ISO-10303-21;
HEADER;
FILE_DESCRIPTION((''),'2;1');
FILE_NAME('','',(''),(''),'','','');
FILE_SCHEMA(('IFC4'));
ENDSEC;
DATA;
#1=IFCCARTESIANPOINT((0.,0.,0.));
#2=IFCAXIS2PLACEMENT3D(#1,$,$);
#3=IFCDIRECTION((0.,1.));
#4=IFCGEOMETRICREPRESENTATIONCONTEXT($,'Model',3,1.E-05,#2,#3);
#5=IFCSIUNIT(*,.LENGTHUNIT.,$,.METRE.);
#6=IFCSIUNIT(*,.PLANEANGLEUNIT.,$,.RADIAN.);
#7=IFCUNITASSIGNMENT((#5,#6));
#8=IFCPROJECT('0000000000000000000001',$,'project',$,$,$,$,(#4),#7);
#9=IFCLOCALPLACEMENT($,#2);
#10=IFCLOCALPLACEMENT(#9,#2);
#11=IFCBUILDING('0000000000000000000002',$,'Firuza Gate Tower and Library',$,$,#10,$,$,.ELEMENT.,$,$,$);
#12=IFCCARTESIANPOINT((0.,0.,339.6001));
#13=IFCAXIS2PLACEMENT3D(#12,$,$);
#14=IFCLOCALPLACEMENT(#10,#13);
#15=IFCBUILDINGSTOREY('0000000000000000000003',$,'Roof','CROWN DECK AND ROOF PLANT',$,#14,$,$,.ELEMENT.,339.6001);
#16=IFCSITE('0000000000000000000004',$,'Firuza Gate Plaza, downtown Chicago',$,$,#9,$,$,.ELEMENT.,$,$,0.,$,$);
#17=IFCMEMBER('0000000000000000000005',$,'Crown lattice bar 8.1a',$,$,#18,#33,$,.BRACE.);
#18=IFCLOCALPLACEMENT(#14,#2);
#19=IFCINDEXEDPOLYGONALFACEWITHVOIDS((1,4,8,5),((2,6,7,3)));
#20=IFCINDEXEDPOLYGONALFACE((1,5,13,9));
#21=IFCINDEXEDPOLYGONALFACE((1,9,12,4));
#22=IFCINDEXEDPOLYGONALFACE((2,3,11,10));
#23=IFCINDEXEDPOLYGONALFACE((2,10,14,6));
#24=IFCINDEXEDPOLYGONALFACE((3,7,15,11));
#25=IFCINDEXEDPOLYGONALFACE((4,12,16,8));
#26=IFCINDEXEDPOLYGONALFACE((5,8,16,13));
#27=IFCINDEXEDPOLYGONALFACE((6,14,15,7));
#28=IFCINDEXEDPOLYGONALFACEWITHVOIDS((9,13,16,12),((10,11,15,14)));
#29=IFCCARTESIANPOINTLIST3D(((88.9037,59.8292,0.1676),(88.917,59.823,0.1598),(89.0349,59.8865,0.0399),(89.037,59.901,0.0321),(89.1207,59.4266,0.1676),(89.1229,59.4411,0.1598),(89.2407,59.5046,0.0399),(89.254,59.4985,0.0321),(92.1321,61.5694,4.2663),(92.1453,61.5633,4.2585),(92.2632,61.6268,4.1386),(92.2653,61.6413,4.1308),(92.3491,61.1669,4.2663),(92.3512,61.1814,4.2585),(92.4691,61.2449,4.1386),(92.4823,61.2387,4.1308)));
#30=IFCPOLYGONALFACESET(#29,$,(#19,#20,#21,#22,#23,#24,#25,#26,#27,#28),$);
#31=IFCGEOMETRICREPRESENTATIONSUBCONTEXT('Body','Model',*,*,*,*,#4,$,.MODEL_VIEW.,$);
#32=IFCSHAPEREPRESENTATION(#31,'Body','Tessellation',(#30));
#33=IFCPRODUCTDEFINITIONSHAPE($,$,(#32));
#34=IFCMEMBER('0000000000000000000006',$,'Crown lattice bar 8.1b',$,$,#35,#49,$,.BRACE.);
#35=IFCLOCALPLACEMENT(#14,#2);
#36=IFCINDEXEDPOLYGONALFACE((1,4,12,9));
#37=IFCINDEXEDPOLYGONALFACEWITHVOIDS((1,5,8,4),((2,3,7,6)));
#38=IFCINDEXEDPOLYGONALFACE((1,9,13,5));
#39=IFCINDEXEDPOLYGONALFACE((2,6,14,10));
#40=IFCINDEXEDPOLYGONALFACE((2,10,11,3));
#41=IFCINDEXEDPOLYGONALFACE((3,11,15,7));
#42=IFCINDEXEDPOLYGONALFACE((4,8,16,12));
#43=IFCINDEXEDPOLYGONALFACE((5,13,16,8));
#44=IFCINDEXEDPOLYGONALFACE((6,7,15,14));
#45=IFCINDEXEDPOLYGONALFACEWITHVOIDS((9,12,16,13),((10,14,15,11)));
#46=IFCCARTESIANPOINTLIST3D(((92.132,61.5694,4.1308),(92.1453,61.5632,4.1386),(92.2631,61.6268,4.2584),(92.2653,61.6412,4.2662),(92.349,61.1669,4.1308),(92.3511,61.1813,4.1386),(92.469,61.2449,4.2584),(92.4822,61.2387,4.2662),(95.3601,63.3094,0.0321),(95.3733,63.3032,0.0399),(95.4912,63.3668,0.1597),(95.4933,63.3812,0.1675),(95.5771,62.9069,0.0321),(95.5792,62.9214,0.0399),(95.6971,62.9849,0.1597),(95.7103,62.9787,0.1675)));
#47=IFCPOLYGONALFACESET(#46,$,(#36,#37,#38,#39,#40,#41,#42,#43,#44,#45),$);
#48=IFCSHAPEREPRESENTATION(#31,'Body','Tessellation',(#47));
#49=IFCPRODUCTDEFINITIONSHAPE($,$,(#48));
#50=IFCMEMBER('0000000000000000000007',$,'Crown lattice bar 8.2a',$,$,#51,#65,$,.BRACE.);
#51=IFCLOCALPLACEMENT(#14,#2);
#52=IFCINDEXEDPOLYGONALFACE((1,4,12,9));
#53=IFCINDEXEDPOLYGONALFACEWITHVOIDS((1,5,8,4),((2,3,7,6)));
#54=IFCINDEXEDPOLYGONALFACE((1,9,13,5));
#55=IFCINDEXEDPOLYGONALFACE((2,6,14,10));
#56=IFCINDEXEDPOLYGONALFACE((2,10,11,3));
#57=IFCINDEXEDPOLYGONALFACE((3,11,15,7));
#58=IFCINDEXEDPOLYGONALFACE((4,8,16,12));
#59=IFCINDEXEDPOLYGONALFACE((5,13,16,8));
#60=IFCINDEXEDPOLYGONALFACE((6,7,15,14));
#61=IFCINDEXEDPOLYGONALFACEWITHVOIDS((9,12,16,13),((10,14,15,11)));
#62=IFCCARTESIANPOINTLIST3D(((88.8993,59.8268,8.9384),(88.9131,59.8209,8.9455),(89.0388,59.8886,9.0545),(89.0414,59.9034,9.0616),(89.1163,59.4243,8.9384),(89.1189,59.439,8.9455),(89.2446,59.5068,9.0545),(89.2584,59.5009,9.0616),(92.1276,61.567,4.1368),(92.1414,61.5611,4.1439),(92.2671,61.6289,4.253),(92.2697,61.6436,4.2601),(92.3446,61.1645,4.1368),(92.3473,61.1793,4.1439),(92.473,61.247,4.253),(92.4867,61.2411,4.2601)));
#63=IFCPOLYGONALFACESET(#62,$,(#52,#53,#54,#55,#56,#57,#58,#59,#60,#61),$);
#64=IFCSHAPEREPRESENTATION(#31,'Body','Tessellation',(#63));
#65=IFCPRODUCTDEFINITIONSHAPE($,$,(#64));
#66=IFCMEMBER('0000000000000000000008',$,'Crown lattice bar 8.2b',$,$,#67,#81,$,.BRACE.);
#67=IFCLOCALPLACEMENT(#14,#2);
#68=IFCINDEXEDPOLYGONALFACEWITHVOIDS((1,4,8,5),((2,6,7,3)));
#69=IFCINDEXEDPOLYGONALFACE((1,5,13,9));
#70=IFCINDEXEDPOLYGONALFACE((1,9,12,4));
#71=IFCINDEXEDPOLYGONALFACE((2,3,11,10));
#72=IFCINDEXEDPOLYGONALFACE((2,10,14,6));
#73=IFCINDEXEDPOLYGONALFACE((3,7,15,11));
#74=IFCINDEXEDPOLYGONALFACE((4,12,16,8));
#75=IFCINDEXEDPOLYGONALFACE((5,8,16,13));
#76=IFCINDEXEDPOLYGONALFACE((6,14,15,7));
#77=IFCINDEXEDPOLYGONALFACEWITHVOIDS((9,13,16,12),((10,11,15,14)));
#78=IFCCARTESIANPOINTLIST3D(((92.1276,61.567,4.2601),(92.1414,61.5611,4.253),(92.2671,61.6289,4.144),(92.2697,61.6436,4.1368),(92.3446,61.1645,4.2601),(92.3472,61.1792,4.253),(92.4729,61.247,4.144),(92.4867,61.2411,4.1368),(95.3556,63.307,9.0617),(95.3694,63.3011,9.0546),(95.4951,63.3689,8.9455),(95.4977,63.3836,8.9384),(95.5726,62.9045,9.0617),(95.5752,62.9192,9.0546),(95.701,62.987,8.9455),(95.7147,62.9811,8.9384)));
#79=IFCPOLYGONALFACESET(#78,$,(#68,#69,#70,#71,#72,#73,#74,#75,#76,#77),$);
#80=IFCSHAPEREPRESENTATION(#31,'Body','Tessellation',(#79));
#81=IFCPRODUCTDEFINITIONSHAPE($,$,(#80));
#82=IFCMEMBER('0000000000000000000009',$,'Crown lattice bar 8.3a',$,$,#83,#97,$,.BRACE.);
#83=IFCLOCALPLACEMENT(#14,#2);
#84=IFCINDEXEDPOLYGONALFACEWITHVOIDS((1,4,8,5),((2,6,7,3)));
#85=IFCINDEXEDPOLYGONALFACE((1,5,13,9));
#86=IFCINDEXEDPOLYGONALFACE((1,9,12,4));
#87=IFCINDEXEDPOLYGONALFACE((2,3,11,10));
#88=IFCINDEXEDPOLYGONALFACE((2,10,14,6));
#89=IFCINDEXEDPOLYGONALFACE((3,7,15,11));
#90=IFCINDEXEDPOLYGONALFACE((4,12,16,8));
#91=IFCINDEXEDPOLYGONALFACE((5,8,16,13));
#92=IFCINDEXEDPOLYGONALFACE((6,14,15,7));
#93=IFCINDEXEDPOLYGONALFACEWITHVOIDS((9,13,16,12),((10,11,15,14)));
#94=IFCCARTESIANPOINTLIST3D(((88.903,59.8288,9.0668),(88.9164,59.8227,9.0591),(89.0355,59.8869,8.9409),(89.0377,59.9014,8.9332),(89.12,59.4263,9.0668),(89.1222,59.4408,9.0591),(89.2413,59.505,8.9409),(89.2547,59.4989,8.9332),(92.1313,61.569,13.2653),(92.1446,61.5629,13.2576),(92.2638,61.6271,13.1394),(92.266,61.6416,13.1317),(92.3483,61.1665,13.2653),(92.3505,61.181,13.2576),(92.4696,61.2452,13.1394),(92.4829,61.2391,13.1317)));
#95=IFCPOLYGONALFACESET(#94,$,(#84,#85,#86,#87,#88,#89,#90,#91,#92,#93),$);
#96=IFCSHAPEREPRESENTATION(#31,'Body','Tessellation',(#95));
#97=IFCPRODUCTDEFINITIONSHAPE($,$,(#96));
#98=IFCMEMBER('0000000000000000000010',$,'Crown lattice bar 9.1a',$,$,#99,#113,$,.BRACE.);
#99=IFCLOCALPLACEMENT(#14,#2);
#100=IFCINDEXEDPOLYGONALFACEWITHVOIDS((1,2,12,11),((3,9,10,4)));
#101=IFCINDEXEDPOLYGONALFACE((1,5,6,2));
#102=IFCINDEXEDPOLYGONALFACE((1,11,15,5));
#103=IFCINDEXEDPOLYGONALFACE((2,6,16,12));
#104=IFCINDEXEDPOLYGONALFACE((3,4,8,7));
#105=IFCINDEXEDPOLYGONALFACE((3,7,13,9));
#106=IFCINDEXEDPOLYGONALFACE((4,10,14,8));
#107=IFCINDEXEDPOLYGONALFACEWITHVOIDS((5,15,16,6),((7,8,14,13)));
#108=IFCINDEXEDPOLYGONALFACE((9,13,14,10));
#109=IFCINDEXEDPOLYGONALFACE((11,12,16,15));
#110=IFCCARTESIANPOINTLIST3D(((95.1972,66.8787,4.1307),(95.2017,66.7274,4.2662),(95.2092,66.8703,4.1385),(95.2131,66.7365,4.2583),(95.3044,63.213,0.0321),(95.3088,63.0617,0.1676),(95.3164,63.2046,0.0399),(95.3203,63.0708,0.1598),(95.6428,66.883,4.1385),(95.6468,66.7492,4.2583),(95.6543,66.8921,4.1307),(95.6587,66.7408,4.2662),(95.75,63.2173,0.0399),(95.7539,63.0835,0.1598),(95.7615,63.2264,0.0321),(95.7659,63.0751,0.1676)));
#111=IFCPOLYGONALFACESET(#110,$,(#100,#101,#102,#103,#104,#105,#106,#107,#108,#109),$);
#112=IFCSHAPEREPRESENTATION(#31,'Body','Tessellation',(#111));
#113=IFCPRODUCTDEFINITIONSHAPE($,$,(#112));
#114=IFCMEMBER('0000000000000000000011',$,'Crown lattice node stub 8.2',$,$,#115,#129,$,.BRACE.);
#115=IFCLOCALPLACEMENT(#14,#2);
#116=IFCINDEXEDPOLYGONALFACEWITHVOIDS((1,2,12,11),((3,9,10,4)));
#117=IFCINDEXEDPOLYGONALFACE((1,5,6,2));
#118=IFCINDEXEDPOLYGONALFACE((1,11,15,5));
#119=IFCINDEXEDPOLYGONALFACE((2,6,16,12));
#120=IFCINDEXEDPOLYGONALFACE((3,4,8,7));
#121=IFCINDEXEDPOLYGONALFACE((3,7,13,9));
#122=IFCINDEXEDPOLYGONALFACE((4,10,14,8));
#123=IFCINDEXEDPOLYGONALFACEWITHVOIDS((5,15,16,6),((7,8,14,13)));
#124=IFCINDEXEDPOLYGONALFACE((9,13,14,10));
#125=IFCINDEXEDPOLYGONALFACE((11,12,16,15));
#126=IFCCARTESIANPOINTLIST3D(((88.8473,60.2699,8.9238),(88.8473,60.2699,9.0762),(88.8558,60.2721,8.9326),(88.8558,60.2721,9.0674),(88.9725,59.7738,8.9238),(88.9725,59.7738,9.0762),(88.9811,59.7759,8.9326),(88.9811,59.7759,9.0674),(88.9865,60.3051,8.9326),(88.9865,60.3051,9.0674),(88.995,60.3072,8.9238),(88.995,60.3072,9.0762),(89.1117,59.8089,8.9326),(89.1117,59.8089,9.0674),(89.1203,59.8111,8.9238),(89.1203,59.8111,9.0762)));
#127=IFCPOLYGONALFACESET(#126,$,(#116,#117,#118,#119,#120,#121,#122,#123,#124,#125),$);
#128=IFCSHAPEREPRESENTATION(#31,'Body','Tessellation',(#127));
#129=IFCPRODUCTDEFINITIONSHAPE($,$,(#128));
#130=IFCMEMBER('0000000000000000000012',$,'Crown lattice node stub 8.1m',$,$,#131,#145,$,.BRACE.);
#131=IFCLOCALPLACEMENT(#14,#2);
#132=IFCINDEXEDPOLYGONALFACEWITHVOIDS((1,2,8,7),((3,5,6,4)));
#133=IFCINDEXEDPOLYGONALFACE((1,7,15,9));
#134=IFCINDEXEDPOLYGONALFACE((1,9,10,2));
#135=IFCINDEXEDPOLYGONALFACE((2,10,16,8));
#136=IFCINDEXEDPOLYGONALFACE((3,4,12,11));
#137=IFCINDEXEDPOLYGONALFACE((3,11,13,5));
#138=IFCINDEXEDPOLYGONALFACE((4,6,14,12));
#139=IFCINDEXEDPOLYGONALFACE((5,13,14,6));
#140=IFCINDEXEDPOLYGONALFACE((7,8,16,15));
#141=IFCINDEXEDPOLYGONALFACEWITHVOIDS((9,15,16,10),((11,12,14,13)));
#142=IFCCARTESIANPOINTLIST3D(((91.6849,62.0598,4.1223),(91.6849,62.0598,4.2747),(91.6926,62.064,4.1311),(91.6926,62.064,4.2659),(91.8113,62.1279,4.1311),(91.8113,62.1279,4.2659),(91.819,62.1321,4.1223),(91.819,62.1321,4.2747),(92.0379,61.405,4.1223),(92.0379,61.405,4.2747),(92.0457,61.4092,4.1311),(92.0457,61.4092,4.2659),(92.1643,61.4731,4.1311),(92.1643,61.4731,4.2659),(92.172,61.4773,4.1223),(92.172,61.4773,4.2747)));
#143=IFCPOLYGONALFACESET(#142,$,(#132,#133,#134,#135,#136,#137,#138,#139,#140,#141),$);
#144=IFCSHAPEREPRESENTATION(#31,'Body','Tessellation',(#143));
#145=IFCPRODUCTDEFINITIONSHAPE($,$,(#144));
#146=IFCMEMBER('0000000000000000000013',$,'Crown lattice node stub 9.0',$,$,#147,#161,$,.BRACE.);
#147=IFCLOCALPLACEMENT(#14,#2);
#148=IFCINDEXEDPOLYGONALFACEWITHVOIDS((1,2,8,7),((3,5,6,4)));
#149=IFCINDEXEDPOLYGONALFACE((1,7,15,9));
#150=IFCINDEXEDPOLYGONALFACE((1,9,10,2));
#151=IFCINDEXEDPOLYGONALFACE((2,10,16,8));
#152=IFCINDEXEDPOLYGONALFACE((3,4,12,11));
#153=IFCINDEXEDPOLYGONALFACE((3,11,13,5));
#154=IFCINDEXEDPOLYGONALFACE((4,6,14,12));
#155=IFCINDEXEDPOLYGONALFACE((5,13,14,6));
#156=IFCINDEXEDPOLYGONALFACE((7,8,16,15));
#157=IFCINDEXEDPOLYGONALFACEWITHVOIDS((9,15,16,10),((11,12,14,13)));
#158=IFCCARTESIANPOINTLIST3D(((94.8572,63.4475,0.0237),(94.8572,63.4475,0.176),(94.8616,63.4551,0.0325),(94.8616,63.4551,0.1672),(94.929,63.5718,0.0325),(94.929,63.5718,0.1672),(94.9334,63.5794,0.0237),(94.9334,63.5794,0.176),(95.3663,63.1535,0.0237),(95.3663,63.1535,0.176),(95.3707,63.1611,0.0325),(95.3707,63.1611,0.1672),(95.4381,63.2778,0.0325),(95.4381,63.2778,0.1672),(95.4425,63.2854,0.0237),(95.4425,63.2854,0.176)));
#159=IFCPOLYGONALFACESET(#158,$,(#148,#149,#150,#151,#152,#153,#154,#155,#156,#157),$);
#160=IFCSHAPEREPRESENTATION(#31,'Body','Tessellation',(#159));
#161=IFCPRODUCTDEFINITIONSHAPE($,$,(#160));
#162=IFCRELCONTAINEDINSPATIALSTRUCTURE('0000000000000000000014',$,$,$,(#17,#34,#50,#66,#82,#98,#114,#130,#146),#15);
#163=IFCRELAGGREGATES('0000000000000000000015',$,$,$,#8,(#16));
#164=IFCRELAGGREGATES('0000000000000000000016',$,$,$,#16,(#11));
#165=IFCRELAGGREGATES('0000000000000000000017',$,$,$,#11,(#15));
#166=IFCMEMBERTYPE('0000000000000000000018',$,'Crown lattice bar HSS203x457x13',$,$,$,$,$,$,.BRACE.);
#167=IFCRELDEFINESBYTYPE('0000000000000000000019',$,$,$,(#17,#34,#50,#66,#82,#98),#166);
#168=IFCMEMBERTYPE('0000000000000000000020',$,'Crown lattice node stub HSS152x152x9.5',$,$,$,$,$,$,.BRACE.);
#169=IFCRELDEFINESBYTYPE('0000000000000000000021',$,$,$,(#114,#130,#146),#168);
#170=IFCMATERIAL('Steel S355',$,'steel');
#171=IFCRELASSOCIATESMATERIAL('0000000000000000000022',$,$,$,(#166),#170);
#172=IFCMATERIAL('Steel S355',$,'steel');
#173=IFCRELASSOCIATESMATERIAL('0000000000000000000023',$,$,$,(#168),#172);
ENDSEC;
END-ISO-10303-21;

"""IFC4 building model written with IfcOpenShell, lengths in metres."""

from ifc_helpers import new_model, si_unit, direction, frame, origin, origin_2d, place, context, subcontext, project, spatial, hollow_rectangle, extrude, material, material_profile, profile_set, type_object, element, save


model = new_model("IFC4")

# Units and contexts
model_context = context("Model", 3, precision=1e-05, world=origin(), true_north=direction((0.0, 1.0)))
body_context = subcontext(model_context, "Body", "Model", "MODEL_VIEW")
ifc_project = project(units=[si_unit("LENGTHUNIT", "METRE"), si_unit("PLANEANGLEUNIT", "RADIAN")], contexts=[model_context])

# Site, building, storey
site_placement = place(None, origin())
site = spatial("IfcSite", under=ifc_project, at=site_placement, Name="Firuza Gate Plaza, downtown Chicago", CompositionType="ELEMENT", RefElevation=0.0)
building_placement = place(site_placement, origin())
building = spatial("IfcBuilding", under=site, at=building_placement, Name="Firuza Gate Tower and Library", CompositionType="ELEMENT")
storey_placement = place(building_placement, frame((0.0, 0.0, 339.6001)))
storey = spatial("IfcBuildingStorey", under=building, at=storey_placement, Name="Roof", Description="CROWN DECK AND ROOF PLANT", CompositionType="ELEMENT", Elevation=339.6001)

# Members
ifc_material_1 = material(Name="Steel S355", Category="steel")
ifc_material_profile_1 = material_profile(ifc_material_1, hollow_rectangle(XDim=0.4573, YDim=0.2031, WallThickness=0.0117, at=origin_2d()))
ifc_profile_set_1 = profile_set([ifc_material_profile_1], Name="Steel S355")
member_type_1 = type_object("IfcMemberType", Name="Crown lattice bar HSS203x457x13", PredefinedType="BRACE", material=ifc_profile_set_1)
member_1_placement = place(storey_placement, frame((89.0789, 59.6638, 0.0999), z_axis=(0.586969, 0.316412, 0.745219), x_axis=(-0.474509, 0.880251, 0.0)))
element("IfcMember", 1, at=member_1_placement, inside=storey, type_object=member_type_1, Name="Crown lattice bar 8.1a", PredefinedType="BRACE", context=body_context, shape_type="SweptSolid", body=[
    extrude(hollow_rectangle(XDim=0.4573, YDim=0.2031, WallThickness=0.0117, at=origin_2d()), origin(), (0.0, 0.0, 1.0), 5.5),
])
member_2_placement = place(storey_placement, frame((92.3071, 61.4041, 4.1985), z_axis=(0.586948, 0.31638, -0.745249), x_axis=(-0.474485, 0.880264, 0.0)))
element("IfcMember", 2, at=member_2_placement, inside=storey, type_object=member_type_1, Name="Crown lattice bar 8.1b", PredefinedType="BRACE", context=body_context, shape_type="SweptSolid", body=[
    extrude(hollow_rectangle(XDim=0.4573, YDim=0.2031, WallThickness=0.0117, at=origin_2d()), origin(), (0.0, 0.0, 1.0), 5.4998),
])
member_3_placement = place(storey_placement, frame((89.0789, 59.6638, 9.0), z_axis=(0.534313, 0.288027, -0.794701), x_axis=(-0.474509, 0.880251, 0.0)))
element("IfcMember", 3, at=member_3_placement, inside=storey, type_object=member_type_1, Name="Crown lattice bar 8.2a", PredefinedType="BRACE", context=body_context, shape_type="SweptSolid", body=[
    extrude(hollow_rectangle(XDim=0.4573, YDim=0.2031, WallThickness=0.0117, at=origin_2d()), origin(), (0.0, 0.0, 1.0), 6.042),
])
member_4_placement = place(storey_placement, frame((92.3071, 61.4041, 4.1985), z_axis=(0.53429, 0.287996, 0.794728), x_axis=(-0.474485, 0.880264, 0.0)))
element("IfcMember", 4, at=member_4_placement, inside=storey, type_object=member_type_1, Name="Crown lattice bar 8.2b", PredefinedType="BRACE", context=body_context, shape_type="SweptSolid", body=[
    extrude(hollow_rectangle(XDim=0.4573, YDim=0.2031, WallThickness=0.0117, at=origin_2d()), origin(), (0.0, 0.0, 1.0), 6.0417),
])
member_5_placement = place(storey_placement, frame((89.0789, 59.6638, 9.0), z_axis=(0.579092, 0.312166, 0.75313), x_axis=(-0.474509, 0.880251, 0.0)))
element("IfcMember", 5, at=member_5_placement, inside=storey, type_object=member_type_1, Name="Crown lattice bar 8.3a", PredefinedType="BRACE", context=body_context, shape_type="SweptSolid", body=[
    extrude(hollow_rectangle(XDim=0.4573, YDim=0.2031, WallThickness=0.0117, at=origin_2d()), origin(), (0.0, 0.0, 1.0), 5.5747),
])
member_6_placement = place(storey_placement, frame((95.5352, 63.144, 0.0999), z_axis=(-0.019487, 0.666524, 0.745229), x_axis=(-0.999573, -0.029225, 0.0)))
element("IfcMember", 6, at=member_6_placement, inside=storey, type_object=member_type_1, Name="Crown lattice bar 9.1a", PredefinedType="BRACE", context=body_context, shape_type="SweptSolid", body=[
    extrude(hollow_rectangle(XDim=0.4573, YDim=0.2031, WallThickness=0.0117, at=origin_2d()), origin(), (0.0, 0.0, 1.0), 5.4998),
])
ifc_material_2 = material(Name="Steel S355", Category="steel")
ifc_material_profile_2 = material_profile(ifc_material_2, hollow_rectangle(XDim=0.1523, YDim=0.1523, WallThickness=0.0088, at=origin_2d()))
ifc_profile_set_2 = profile_set([ifc_material_profile_2], Name="Steel S355")
member_type_2 = type_object("IfcMemberType", Name="Crown lattice node stub HSS152x152x9.5", PredefinedType="BRACE", material=ifc_profile_set_2)
member_7_placement = place(storey_placement, frame((88.9211, 60.2886, 9.0), z_axis=(0.24478, -0.969579, 0.0), x_axis=(0.969579, 0.24478, 0.0)))
element("IfcMember", 7, at=member_7_placement, inside=storey, type_object=member_type_2, Name="Crown lattice node stub 8.2", PredefinedType="BRACE", context=body_context, shape_type="SweptSolid", body=[
    extrude(hollow_rectangle(XDim=0.1523, YDim=0.1523, WallThickness=0.0088, at=origin_2d()), origin(), (0.0, 0.0, 1.0), 0.5117),
])
member_8_placement = place(storey_placement, frame((91.752, 62.0959, 4.1985), z_axis=(0.474569, -0.880218, 0.0), x_axis=(0.880218, 0.474569, 0.0)))
element("IfcMember", 8, at=member_8_placement, inside=storey, type_object=member_type_2, Name="Crown lattice node stub 8.1m", PredefinedType="BRACE", context=body_context, shape_type="SweptSolid", body=[
    extrude(hollow_rectangle(XDim=0.1523, YDim=0.1523, WallThickness=0.0088, at=origin_2d()), origin(), (0.0, 0.0, 1.0), 0.7439),
])
member_9_placement = place(storey_placement, frame((94.8953, 63.5134, 0.0999), z_axis=(0.865985, -0.50007, 0.0), x_axis=(0.50007, 0.865985, 0.0)))
element("IfcMember", 9, at=member_9_placement, inside=storey, type_object=member_type_2, Name="Crown lattice node stub 9.0", PredefinedType="BRACE", context=body_context, shape_type="SweptSolid", body=[
    extrude(hollow_rectangle(XDim=0.1523, YDim=0.1523, WallThickness=0.0088, at=origin_2d()), origin(), (0.0, 0.0, 1.0), 0.5879),
])

save(model, "model.ifc")
